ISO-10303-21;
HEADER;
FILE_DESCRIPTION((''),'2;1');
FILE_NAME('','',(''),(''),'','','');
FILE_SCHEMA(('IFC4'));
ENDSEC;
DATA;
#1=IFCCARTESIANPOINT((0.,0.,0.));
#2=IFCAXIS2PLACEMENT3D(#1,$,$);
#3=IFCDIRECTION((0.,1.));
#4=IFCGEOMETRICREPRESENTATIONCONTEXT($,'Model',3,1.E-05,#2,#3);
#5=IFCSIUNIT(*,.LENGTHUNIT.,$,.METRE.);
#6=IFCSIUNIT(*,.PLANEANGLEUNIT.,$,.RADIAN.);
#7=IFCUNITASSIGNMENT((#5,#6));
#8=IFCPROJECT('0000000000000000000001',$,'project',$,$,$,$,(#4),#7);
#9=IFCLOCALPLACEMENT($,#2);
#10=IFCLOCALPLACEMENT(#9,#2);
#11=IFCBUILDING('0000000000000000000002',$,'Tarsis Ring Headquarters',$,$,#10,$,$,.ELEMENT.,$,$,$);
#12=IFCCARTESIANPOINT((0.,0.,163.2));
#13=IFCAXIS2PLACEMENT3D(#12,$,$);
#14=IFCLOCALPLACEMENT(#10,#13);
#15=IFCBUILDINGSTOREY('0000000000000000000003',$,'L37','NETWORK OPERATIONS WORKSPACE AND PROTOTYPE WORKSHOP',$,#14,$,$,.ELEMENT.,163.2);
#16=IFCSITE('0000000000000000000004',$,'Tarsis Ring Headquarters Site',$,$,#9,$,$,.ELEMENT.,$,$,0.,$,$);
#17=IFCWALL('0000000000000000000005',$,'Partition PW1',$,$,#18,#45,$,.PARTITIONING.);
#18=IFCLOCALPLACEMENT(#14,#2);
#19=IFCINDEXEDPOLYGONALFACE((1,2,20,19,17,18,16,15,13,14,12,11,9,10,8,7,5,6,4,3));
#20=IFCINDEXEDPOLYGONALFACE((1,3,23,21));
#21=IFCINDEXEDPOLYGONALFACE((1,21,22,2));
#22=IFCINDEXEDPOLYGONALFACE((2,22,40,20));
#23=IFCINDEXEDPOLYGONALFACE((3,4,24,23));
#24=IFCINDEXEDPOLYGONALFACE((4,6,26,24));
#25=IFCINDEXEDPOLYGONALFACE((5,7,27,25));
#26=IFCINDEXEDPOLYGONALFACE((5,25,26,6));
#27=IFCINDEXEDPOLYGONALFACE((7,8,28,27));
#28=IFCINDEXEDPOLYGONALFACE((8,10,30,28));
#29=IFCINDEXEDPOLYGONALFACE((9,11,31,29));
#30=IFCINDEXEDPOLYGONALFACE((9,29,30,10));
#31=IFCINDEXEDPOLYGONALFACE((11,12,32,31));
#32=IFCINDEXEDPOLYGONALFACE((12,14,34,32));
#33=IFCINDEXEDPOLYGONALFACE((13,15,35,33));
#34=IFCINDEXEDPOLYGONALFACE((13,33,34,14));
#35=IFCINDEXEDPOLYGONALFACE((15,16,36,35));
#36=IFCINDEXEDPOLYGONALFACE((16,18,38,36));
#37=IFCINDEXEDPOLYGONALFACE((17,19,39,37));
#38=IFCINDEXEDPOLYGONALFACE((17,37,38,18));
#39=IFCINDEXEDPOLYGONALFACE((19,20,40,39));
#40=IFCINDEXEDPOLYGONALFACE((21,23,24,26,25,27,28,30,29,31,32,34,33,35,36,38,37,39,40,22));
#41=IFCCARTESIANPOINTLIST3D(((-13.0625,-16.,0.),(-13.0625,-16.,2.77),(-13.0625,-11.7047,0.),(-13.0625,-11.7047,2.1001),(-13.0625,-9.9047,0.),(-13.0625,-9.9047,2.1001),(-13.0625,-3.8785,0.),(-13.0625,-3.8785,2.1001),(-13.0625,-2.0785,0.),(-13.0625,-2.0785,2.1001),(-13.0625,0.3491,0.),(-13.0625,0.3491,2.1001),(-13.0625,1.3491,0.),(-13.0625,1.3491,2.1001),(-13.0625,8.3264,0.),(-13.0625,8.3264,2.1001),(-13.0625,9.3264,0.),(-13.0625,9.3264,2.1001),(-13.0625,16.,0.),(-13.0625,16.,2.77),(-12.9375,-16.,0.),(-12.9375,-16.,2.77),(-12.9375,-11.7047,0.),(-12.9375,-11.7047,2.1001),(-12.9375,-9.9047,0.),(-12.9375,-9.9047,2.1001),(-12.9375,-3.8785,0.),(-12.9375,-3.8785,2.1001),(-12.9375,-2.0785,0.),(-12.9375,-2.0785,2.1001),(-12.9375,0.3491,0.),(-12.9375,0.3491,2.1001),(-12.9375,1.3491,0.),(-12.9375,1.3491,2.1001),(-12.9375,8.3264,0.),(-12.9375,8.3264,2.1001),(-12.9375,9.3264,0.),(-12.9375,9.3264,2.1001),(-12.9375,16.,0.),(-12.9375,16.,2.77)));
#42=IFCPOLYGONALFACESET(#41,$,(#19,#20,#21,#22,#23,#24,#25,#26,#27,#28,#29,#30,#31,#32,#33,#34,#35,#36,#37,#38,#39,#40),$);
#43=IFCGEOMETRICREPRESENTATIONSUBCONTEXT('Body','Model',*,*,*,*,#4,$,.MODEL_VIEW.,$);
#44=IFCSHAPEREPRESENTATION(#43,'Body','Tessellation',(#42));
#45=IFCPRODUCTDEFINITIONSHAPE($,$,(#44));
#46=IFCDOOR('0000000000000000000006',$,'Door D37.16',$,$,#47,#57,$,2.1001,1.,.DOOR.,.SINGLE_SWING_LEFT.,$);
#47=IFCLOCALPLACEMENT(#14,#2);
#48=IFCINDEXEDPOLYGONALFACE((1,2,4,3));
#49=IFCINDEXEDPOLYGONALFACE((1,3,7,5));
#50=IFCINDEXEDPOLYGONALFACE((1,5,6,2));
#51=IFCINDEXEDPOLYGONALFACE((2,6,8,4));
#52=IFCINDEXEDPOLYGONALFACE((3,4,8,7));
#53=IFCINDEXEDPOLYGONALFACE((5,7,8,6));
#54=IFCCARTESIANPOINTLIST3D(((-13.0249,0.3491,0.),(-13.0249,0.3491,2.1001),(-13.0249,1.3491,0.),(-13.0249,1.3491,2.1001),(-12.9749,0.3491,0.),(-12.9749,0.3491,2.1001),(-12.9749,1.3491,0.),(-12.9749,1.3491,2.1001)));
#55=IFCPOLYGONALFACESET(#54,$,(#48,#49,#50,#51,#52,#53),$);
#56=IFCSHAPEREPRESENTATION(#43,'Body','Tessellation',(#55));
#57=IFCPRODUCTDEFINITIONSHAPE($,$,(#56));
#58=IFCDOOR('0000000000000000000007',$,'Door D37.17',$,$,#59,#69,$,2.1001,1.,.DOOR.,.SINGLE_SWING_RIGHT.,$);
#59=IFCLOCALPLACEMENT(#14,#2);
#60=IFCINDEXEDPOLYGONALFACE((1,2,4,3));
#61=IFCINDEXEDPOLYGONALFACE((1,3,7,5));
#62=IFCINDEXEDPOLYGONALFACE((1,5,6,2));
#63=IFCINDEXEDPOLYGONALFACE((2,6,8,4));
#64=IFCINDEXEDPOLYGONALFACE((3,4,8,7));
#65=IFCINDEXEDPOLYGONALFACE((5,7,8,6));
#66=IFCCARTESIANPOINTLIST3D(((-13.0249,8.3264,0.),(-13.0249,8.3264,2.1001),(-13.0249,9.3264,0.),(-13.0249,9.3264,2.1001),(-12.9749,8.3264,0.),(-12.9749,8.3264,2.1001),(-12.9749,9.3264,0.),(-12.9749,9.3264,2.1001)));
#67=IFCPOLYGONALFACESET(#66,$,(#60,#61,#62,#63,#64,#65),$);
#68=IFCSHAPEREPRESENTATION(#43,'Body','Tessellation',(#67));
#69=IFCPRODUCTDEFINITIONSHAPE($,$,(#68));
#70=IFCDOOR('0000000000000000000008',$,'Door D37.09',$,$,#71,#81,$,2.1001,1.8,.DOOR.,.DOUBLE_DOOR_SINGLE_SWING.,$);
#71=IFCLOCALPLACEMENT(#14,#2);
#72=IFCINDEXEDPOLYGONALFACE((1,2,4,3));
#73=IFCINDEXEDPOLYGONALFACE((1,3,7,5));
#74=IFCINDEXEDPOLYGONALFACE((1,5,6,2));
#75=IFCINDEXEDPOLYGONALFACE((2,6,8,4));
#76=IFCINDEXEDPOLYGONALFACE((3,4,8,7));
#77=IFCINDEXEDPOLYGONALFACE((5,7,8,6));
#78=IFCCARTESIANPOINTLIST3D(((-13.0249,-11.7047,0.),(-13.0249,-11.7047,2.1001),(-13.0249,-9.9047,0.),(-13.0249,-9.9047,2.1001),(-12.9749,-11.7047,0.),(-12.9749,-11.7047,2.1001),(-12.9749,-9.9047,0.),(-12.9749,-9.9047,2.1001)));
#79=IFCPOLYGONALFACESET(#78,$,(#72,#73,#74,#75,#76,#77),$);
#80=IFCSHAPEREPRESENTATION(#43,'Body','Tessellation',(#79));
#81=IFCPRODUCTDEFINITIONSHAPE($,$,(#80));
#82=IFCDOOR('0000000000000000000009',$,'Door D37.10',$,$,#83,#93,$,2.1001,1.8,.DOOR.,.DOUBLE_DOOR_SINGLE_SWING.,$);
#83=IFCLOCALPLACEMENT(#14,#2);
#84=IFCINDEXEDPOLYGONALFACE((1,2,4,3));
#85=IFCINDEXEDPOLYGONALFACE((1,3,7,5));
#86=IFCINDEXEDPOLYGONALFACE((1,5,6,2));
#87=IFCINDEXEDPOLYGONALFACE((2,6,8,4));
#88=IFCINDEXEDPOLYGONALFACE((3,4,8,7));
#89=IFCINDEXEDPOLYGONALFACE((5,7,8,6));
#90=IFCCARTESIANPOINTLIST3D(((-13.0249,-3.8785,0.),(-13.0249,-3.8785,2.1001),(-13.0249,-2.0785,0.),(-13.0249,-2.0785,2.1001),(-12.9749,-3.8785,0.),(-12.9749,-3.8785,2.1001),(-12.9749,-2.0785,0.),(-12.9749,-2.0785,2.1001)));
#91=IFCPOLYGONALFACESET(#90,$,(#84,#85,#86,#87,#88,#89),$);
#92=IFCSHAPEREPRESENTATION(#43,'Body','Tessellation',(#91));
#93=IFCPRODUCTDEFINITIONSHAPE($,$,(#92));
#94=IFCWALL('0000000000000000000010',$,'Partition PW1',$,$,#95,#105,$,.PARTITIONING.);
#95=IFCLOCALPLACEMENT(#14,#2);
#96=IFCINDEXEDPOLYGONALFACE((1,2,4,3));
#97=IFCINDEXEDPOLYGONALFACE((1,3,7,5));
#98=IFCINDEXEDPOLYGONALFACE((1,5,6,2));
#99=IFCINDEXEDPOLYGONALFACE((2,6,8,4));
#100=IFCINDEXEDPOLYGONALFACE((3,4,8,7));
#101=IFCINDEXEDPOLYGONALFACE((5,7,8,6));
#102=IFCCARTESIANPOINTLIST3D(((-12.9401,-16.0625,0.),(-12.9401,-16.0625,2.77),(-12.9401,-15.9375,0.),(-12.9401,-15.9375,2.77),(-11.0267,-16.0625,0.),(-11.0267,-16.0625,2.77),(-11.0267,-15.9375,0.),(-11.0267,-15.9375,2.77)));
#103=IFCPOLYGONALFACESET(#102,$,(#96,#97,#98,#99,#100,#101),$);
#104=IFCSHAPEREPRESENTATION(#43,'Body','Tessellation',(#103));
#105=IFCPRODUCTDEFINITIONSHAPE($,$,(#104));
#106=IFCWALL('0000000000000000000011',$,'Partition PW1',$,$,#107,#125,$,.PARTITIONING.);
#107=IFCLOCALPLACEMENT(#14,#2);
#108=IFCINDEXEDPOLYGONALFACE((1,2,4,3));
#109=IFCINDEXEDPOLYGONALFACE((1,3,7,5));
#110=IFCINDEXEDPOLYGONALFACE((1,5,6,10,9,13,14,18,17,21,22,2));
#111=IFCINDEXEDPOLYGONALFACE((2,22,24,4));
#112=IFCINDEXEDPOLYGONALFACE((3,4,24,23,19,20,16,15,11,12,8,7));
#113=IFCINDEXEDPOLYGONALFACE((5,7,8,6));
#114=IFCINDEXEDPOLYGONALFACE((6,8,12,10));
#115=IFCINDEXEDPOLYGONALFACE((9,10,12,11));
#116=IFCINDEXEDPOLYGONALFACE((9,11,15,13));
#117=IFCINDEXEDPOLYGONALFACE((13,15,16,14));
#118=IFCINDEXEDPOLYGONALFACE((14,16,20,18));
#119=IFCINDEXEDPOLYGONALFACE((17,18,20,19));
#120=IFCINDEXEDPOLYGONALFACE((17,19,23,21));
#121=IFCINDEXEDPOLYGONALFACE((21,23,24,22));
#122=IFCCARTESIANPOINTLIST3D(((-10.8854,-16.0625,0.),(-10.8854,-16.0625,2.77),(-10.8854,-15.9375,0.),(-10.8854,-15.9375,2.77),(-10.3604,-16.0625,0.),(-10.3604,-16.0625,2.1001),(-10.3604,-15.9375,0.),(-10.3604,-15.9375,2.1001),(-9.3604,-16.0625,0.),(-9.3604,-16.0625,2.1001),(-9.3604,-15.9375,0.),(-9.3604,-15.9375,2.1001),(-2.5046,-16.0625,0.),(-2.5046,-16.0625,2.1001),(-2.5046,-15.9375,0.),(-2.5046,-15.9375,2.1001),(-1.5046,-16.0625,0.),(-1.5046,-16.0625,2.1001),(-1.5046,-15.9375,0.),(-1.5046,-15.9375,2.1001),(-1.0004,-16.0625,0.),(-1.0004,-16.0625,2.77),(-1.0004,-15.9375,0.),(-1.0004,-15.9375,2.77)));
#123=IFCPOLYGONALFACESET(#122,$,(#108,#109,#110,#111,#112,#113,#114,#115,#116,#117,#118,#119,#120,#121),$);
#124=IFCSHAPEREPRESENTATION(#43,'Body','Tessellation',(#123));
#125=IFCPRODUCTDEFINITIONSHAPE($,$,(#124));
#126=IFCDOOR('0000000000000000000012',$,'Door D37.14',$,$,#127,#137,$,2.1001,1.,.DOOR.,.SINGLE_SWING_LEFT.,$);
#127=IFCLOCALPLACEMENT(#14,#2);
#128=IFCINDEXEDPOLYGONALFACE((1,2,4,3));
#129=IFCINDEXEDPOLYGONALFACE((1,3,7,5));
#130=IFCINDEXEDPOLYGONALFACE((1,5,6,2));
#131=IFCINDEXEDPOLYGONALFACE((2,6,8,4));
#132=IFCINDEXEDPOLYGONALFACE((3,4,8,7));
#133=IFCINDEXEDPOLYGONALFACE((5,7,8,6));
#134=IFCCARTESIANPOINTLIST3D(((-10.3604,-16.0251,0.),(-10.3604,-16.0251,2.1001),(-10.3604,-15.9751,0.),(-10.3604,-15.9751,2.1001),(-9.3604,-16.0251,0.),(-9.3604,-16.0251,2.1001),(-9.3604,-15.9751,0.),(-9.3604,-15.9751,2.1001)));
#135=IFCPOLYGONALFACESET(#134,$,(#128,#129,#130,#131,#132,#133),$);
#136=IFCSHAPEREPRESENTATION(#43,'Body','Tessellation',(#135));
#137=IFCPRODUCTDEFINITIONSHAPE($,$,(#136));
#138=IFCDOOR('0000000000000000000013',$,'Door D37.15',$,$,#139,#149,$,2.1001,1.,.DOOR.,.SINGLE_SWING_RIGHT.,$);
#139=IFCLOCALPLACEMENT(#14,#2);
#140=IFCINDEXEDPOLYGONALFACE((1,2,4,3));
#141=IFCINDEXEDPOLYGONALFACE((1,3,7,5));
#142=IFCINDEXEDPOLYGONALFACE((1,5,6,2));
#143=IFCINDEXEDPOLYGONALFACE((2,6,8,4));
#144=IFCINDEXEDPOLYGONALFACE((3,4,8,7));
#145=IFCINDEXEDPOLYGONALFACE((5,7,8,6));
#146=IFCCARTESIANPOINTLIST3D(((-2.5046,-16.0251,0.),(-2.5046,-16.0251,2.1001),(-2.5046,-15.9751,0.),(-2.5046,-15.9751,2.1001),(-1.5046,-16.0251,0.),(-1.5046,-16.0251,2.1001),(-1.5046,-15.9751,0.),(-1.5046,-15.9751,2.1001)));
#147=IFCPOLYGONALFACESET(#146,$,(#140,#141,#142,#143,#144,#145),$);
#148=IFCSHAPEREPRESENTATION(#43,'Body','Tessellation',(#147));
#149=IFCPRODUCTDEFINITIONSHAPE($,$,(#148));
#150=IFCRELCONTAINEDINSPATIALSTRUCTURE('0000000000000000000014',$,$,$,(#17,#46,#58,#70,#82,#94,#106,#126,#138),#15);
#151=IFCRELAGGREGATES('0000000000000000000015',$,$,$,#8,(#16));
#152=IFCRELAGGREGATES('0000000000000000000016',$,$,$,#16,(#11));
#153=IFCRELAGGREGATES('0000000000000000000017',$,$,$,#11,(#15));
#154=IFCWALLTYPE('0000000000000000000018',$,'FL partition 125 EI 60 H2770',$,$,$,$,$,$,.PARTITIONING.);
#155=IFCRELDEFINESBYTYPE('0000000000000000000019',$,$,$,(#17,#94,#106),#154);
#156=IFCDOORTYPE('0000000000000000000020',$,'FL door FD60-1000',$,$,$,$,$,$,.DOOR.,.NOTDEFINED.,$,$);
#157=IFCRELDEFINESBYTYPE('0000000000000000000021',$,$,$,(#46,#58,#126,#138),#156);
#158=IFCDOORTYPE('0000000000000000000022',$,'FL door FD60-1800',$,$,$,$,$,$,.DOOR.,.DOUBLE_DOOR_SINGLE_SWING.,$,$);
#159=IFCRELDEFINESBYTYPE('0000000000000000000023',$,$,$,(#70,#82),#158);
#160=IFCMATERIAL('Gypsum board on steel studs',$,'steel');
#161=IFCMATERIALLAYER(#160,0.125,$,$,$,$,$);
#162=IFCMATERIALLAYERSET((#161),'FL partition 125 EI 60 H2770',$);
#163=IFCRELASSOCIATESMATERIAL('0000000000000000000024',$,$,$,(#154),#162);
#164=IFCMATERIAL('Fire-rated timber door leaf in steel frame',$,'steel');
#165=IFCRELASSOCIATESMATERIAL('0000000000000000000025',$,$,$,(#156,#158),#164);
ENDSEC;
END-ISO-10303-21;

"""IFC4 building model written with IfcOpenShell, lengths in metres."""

from ifc_helpers import new_model, si_unit, direction, frame, frame_2d, origin, place, context, subcontext, project, spatial, rectangle, extrude, material, layer, layer_set, type_object, element, fill, save


model = new_model("IFC4")

# Units and contexts
model_context = context("Model", 3, precision=1e-05, world=origin(), true_north=direction((0.0, 1.0)))
body_context = subcontext(model_context, "Body", "Model", "MODEL_VIEW")
ifc_project = project(units=[si_unit("LENGTHUNIT", "METRE"), si_unit("PLANEANGLEUNIT", "RADIAN")], contexts=[model_context])

# Site, building, storey
site_placement = place(None, origin())
site = spatial("IfcSite", under=ifc_project, at=site_placement, Name="Tarsis Ring Headquarters Site", CompositionType="ELEMENT", RefElevation=0.0)
building_placement = place(site_placement, origin())
building = spatial("IfcBuilding", under=site, at=building_placement, Name="Tarsis Ring Headquarters", CompositionType="ELEMENT")
storey_placement = place(building_placement, frame((0.0, 0.0, 163.2)))
storey = spatial("IfcBuildingStorey", under=building, at=storey_placement, Name="L37", Description="NETWORK OPERATIONS WORKSPACE AND PROTOTYPE WORKSHOP", CompositionType="ELEMENT", Elevation=163.2)

# Wall, openings, doors
ifc_material_1 = material(Name="Gypsum board on steel studs", Category="steel")
ifc_layer_1 = layer(ifc_material_1, 0.125)
ifc_layer_set_1 = layer_set([ifc_layer_1], Name="FL partition 125 EI 60 H2770")
wall_type_1 = type_object("IfcWallType", Name="FL partition 125 EI 60 H2770", PredefinedType="PARTITIONING", material=ifc_layer_set_1)
wall_1_placement = place(storey_placement, frame((-13.0, -16.0, 0.0), z_axis=(0.0, 0.0, 1.0), x_axis=(0.0, 1.0, 0.0)))
wall_1 = element("IfcWall", 1, at=wall_1_placement, inside=storey, type_object=wall_type_1, Name="Partition PW1", PredefinedType="PARTITIONING", context=body_context, shape_type="SweptSolid", body=[
    extrude(rectangle(XDim=32.0, YDim=0.125, at=frame_2d((16.0, 0.0))), origin(), (0.0, 0.0, 1.0), 2.77),
])
opening_1_placement = place(wall_1_placement, frame((4.2954, 0.0, 0.0)))
opening_1 = element("IfcOpeningElement", 2, at=opening_1_placement, cuts=wall_1, PredefinedType="OPENING", context=body_context, shape_type="SweptSolid", body=[
    extrude(rectangle(XDim=1.8, YDim=2.1001, at=frame_2d((0.8999, 1.05))), frame((0.0, 0.0725, 0.0), z_axis=(0.0, -1.0, 0.0), x_axis=(1.0, 0.0, 0.0)), (0.0, 0.0, 1.0), 0.145),
])
opening_2_placement = place(wall_1_placement, frame((12.1216, 0.0, 0.0)))
opening_2 = element("IfcOpeningElement", 3, at=opening_2_placement, cuts=wall_1, PredefinedType="OPENING", context=body_context, shape_type="SweptSolid", body=[
    extrude(rectangle(XDim=1.8, YDim=2.1001, at=frame_2d((0.8999, 1.05))), frame((0.0, 0.0725, 0.0), z_axis=(0.0, -1.0, 0.0), x_axis=(1.0, 0.0, 0.0)), (0.0, 0.0, 1.0), 0.145),
])
opening_3_placement = place(wall_1_placement, frame((16.3491, 0.0, 0.0)))
opening_3 = element("IfcOpeningElement", 4, at=opening_3_placement, cuts=wall_1, PredefinedType="OPENING", context=body_context, shape_type="SweptSolid", body=[
    extrude(rectangle(XDim=1.0, YDim=2.1001, at=frame_2d((0.5, 1.05))), frame((0.0, 0.0725, 0.0), z_axis=(0.0, -1.0, 0.0), x_axis=(1.0, 0.0, 0.0)), (0.0, 0.0, 1.0), 0.145),
])
opening_4_placement = place(wall_1_placement, frame((24.3264, 0.0, 0.0)))
opening_4 = element("IfcOpeningElement", 5, at=opening_4_placement, cuts=wall_1, PredefinedType="OPENING", context=body_context, shape_type="SweptSolid", body=[
    extrude(rectangle(XDim=1.0, YDim=2.1001, at=frame_2d((0.5, 1.05))), frame((0.0, 0.0725, 0.0), z_axis=(0.0, -1.0, 0.0), x_axis=(1.0, 0.0, 0.0)), (0.0, 0.0, 1.0), 0.145),
])
ifc_material_2 = material(Name="Fire-rated timber door leaf in steel frame", Category="steel")
door_type_1 = type_object("IfcDoorType", Name="FL door FD60-1000", OperationType="NOTDEFINED", PredefinedType="DOOR", material=ifc_material_2)
door_1_placement = place(opening_3_placement, origin())
door_1 = element("IfcDoor", 6, at=door_1_placement, inside=storey, type_object=door_type_1, Name="Door D37.16", OperationType="SINGLE_SWING_LEFT", OverallHeight=2.1001, OverallWidth=1.0, PredefinedType="DOOR", context=body_context, shape_type="SweptSolid", body=[
    extrude(rectangle(XDim=1.0, YDim=2.1001, at=frame_2d((0.5, 1.05))), frame((0.0, 0.0249, 0.0), z_axis=(0.0, -1.0, 0.0), x_axis=(1.0, 0.0, 0.0)), (0.0, 0.0, 1.0), 0.05),
])
fill(opening_3, door_1)
door_2_placement = place(opening_4_placement, origin())
door_2 = element("IfcDoor", 7, at=door_2_placement, inside=storey, type_object=door_type_1, Name="Door D37.17", OperationType="SINGLE_SWING_RIGHT", OverallHeight=2.1001, OverallWidth=1.0, PredefinedType="DOOR", context=body_context, shape_type="SweptSolid", body=[
    extrude(rectangle(XDim=1.0, YDim=2.1001, at=frame_2d((0.5, 1.05))), frame((0.0, 0.0249, 0.0), z_axis=(0.0, -1.0, 0.0), x_axis=(1.0, 0.0, 0.0)), (0.0, 0.0, 1.0), 0.05),
])
fill(opening_4, door_2)
door_type_2 = type_object("IfcDoorType", Name="FL door FD60-1800", OperationType="DOUBLE_DOOR_SINGLE_SWING", PredefinedType="DOOR", material=ifc_material_2)
door_3_placement = place(opening_1_placement, origin())
door_3 = element("IfcDoor", 8, at=door_3_placement, inside=storey, type_object=door_type_2, Name="Door D37.09", OperationType="DOUBLE_DOOR_SINGLE_SWING", OverallHeight=2.1001, OverallWidth=1.8, PredefinedType="DOOR", context=body_context, shape_type="SweptSolid", body=[
    extrude(rectangle(XDim=1.8, YDim=2.1001, at=frame_2d((0.8999, 1.05))), frame((0.0, 0.0249, 0.0), z_axis=(0.0, -1.0, 0.0), x_axis=(1.0, 0.0, 0.0)), (0.0, 0.0, 1.0), 0.05),
])
fill(opening_1, door_3)
door_4_placement = place(opening_2_placement, origin())
door_4 = element("IfcDoor", 9, at=door_4_placement, inside=storey, type_object=door_type_2, Name="Door D37.10", OperationType="DOUBLE_DOOR_SINGLE_SWING", OverallHeight=2.1001, OverallWidth=1.8, PredefinedType="DOOR", context=body_context, shape_type="SweptSolid", body=[
    extrude(rectangle(XDim=1.8, YDim=2.1001, at=frame_2d((0.8999, 1.05))), frame((0.0, 0.0249, 0.0), z_axis=(0.0, -1.0, 0.0), x_axis=(1.0, 0.0, 0.0)), (0.0, 0.0, 1.0), 0.05),
])
fill(opening_2, door_4)

# Wall
wall_2_placement = place(storey_placement, frame((-12.9399, -16.0, 0.0), z_axis=(0.0, 0.0, 1.0), x_axis=(1.0, 0.0, 0.0)))
element("IfcWall", 10, at=wall_2_placement, inside=storey, type_object=wall_type_1, Name="Partition PW1", PredefinedType="PARTITIONING", context=body_context, shape_type="SweptSolid", body=[
    extrude(rectangle(XDim=1.9133, YDim=0.125, at=frame_2d((0.9565, 0.0))), origin(), (0.0, 0.0, 1.0), 2.77),
])

# Wall, openings, doors
wall_3_placement = place(storey_placement, frame((-10.8853, -16.0, 0.0), z_axis=(0.0, 0.0, 1.0), x_axis=(1.0, 0.0, 0.0)))
wall_3 = element("IfcWall", 11, at=wall_3_placement, inside=storey, type_object=wall_type_1, Name="Partition PW1", PredefinedType="PARTITIONING", context=body_context, shape_type="SweptSolid", body=[
    extrude(rectangle(XDim=9.885, YDim=0.125, at=frame_2d((4.9424, 0.0))), origin(), (0.0, 0.0, 1.0), 2.77),
])
opening_5_placement = place(wall_3_placement, frame((0.5249, 0.0, 0.0)))
opening_5 = element("IfcOpeningElement", 12, at=opening_5_placement, cuts=wall_3, PredefinedType="OPENING", context=body_context, shape_type="SweptSolid", body=[
    extrude(rectangle(XDim=1.0, YDim=2.1001, at=frame_2d((0.5, 1.05))), frame((0.0, 0.0725, 0.0), z_axis=(0.0, -1.0, 0.0), x_axis=(1.0, 0.0, 0.0)), (0.0, 0.0, 1.0), 0.145),
])
opening_6_placement = place(wall_3_placement, frame((8.3806, 0.0, 0.0)))
opening_6 = element("IfcOpeningElement", 13, at=opening_6_placement, cuts=wall_3, PredefinedType="OPENING", context=body_context, shape_type="SweptSolid", body=[
    extrude(rectangle(XDim=1.0, YDim=2.1001, at=frame_2d((0.5, 1.05))), frame((0.0, 0.0725, 0.0), z_axis=(0.0, -1.0, 0.0), x_axis=(1.0, 0.0, 0.0)), (0.0, 0.0, 1.0), 0.145),
])
door_5_placement = place(opening_5_placement, origin())
door_5 = element("IfcDoor", 14, at=door_5_placement, inside=storey, type_object=door_type_1, Name="Door D37.14", OperationType="SINGLE_SWING_LEFT", OverallHeight=2.1001, OverallWidth=1.0, PredefinedType="DOOR", context=body_context, shape_type="SweptSolid", body=[
    extrude(rectangle(XDim=1.0, YDim=2.1001, at=frame_2d((0.5, 1.05))), frame((0.0, 0.0249, 0.0), z_axis=(0.0, -1.0, 0.0), x_axis=(1.0, 0.0, 0.0)), (0.0, 0.0, 1.0), 0.05),
])
fill(opening_5, door_5)
door_6_placement = place(opening_6_placement, origin())
door_6 = element("IfcDoor", 15, at=door_6_placement, inside=storey, type_object=door_type_1, Name="Door D37.15", OperationType="SINGLE_SWING_RIGHT", OverallHeight=2.1001, OverallWidth=1.0, PredefinedType="DOOR", context=body_context, shape_type="SweptSolid", body=[
    extrude(rectangle(XDim=1.0, YDim=2.1001, at=frame_2d((0.5, 1.05))), frame((0.0, 0.0249, 0.0), z_axis=(0.0, -1.0, 0.0), x_axis=(1.0, 0.0, 0.0)), (0.0, 0.0, 1.0), 0.05),
])
fill(opening_6, door_6)

save(model, "model.ifc")
